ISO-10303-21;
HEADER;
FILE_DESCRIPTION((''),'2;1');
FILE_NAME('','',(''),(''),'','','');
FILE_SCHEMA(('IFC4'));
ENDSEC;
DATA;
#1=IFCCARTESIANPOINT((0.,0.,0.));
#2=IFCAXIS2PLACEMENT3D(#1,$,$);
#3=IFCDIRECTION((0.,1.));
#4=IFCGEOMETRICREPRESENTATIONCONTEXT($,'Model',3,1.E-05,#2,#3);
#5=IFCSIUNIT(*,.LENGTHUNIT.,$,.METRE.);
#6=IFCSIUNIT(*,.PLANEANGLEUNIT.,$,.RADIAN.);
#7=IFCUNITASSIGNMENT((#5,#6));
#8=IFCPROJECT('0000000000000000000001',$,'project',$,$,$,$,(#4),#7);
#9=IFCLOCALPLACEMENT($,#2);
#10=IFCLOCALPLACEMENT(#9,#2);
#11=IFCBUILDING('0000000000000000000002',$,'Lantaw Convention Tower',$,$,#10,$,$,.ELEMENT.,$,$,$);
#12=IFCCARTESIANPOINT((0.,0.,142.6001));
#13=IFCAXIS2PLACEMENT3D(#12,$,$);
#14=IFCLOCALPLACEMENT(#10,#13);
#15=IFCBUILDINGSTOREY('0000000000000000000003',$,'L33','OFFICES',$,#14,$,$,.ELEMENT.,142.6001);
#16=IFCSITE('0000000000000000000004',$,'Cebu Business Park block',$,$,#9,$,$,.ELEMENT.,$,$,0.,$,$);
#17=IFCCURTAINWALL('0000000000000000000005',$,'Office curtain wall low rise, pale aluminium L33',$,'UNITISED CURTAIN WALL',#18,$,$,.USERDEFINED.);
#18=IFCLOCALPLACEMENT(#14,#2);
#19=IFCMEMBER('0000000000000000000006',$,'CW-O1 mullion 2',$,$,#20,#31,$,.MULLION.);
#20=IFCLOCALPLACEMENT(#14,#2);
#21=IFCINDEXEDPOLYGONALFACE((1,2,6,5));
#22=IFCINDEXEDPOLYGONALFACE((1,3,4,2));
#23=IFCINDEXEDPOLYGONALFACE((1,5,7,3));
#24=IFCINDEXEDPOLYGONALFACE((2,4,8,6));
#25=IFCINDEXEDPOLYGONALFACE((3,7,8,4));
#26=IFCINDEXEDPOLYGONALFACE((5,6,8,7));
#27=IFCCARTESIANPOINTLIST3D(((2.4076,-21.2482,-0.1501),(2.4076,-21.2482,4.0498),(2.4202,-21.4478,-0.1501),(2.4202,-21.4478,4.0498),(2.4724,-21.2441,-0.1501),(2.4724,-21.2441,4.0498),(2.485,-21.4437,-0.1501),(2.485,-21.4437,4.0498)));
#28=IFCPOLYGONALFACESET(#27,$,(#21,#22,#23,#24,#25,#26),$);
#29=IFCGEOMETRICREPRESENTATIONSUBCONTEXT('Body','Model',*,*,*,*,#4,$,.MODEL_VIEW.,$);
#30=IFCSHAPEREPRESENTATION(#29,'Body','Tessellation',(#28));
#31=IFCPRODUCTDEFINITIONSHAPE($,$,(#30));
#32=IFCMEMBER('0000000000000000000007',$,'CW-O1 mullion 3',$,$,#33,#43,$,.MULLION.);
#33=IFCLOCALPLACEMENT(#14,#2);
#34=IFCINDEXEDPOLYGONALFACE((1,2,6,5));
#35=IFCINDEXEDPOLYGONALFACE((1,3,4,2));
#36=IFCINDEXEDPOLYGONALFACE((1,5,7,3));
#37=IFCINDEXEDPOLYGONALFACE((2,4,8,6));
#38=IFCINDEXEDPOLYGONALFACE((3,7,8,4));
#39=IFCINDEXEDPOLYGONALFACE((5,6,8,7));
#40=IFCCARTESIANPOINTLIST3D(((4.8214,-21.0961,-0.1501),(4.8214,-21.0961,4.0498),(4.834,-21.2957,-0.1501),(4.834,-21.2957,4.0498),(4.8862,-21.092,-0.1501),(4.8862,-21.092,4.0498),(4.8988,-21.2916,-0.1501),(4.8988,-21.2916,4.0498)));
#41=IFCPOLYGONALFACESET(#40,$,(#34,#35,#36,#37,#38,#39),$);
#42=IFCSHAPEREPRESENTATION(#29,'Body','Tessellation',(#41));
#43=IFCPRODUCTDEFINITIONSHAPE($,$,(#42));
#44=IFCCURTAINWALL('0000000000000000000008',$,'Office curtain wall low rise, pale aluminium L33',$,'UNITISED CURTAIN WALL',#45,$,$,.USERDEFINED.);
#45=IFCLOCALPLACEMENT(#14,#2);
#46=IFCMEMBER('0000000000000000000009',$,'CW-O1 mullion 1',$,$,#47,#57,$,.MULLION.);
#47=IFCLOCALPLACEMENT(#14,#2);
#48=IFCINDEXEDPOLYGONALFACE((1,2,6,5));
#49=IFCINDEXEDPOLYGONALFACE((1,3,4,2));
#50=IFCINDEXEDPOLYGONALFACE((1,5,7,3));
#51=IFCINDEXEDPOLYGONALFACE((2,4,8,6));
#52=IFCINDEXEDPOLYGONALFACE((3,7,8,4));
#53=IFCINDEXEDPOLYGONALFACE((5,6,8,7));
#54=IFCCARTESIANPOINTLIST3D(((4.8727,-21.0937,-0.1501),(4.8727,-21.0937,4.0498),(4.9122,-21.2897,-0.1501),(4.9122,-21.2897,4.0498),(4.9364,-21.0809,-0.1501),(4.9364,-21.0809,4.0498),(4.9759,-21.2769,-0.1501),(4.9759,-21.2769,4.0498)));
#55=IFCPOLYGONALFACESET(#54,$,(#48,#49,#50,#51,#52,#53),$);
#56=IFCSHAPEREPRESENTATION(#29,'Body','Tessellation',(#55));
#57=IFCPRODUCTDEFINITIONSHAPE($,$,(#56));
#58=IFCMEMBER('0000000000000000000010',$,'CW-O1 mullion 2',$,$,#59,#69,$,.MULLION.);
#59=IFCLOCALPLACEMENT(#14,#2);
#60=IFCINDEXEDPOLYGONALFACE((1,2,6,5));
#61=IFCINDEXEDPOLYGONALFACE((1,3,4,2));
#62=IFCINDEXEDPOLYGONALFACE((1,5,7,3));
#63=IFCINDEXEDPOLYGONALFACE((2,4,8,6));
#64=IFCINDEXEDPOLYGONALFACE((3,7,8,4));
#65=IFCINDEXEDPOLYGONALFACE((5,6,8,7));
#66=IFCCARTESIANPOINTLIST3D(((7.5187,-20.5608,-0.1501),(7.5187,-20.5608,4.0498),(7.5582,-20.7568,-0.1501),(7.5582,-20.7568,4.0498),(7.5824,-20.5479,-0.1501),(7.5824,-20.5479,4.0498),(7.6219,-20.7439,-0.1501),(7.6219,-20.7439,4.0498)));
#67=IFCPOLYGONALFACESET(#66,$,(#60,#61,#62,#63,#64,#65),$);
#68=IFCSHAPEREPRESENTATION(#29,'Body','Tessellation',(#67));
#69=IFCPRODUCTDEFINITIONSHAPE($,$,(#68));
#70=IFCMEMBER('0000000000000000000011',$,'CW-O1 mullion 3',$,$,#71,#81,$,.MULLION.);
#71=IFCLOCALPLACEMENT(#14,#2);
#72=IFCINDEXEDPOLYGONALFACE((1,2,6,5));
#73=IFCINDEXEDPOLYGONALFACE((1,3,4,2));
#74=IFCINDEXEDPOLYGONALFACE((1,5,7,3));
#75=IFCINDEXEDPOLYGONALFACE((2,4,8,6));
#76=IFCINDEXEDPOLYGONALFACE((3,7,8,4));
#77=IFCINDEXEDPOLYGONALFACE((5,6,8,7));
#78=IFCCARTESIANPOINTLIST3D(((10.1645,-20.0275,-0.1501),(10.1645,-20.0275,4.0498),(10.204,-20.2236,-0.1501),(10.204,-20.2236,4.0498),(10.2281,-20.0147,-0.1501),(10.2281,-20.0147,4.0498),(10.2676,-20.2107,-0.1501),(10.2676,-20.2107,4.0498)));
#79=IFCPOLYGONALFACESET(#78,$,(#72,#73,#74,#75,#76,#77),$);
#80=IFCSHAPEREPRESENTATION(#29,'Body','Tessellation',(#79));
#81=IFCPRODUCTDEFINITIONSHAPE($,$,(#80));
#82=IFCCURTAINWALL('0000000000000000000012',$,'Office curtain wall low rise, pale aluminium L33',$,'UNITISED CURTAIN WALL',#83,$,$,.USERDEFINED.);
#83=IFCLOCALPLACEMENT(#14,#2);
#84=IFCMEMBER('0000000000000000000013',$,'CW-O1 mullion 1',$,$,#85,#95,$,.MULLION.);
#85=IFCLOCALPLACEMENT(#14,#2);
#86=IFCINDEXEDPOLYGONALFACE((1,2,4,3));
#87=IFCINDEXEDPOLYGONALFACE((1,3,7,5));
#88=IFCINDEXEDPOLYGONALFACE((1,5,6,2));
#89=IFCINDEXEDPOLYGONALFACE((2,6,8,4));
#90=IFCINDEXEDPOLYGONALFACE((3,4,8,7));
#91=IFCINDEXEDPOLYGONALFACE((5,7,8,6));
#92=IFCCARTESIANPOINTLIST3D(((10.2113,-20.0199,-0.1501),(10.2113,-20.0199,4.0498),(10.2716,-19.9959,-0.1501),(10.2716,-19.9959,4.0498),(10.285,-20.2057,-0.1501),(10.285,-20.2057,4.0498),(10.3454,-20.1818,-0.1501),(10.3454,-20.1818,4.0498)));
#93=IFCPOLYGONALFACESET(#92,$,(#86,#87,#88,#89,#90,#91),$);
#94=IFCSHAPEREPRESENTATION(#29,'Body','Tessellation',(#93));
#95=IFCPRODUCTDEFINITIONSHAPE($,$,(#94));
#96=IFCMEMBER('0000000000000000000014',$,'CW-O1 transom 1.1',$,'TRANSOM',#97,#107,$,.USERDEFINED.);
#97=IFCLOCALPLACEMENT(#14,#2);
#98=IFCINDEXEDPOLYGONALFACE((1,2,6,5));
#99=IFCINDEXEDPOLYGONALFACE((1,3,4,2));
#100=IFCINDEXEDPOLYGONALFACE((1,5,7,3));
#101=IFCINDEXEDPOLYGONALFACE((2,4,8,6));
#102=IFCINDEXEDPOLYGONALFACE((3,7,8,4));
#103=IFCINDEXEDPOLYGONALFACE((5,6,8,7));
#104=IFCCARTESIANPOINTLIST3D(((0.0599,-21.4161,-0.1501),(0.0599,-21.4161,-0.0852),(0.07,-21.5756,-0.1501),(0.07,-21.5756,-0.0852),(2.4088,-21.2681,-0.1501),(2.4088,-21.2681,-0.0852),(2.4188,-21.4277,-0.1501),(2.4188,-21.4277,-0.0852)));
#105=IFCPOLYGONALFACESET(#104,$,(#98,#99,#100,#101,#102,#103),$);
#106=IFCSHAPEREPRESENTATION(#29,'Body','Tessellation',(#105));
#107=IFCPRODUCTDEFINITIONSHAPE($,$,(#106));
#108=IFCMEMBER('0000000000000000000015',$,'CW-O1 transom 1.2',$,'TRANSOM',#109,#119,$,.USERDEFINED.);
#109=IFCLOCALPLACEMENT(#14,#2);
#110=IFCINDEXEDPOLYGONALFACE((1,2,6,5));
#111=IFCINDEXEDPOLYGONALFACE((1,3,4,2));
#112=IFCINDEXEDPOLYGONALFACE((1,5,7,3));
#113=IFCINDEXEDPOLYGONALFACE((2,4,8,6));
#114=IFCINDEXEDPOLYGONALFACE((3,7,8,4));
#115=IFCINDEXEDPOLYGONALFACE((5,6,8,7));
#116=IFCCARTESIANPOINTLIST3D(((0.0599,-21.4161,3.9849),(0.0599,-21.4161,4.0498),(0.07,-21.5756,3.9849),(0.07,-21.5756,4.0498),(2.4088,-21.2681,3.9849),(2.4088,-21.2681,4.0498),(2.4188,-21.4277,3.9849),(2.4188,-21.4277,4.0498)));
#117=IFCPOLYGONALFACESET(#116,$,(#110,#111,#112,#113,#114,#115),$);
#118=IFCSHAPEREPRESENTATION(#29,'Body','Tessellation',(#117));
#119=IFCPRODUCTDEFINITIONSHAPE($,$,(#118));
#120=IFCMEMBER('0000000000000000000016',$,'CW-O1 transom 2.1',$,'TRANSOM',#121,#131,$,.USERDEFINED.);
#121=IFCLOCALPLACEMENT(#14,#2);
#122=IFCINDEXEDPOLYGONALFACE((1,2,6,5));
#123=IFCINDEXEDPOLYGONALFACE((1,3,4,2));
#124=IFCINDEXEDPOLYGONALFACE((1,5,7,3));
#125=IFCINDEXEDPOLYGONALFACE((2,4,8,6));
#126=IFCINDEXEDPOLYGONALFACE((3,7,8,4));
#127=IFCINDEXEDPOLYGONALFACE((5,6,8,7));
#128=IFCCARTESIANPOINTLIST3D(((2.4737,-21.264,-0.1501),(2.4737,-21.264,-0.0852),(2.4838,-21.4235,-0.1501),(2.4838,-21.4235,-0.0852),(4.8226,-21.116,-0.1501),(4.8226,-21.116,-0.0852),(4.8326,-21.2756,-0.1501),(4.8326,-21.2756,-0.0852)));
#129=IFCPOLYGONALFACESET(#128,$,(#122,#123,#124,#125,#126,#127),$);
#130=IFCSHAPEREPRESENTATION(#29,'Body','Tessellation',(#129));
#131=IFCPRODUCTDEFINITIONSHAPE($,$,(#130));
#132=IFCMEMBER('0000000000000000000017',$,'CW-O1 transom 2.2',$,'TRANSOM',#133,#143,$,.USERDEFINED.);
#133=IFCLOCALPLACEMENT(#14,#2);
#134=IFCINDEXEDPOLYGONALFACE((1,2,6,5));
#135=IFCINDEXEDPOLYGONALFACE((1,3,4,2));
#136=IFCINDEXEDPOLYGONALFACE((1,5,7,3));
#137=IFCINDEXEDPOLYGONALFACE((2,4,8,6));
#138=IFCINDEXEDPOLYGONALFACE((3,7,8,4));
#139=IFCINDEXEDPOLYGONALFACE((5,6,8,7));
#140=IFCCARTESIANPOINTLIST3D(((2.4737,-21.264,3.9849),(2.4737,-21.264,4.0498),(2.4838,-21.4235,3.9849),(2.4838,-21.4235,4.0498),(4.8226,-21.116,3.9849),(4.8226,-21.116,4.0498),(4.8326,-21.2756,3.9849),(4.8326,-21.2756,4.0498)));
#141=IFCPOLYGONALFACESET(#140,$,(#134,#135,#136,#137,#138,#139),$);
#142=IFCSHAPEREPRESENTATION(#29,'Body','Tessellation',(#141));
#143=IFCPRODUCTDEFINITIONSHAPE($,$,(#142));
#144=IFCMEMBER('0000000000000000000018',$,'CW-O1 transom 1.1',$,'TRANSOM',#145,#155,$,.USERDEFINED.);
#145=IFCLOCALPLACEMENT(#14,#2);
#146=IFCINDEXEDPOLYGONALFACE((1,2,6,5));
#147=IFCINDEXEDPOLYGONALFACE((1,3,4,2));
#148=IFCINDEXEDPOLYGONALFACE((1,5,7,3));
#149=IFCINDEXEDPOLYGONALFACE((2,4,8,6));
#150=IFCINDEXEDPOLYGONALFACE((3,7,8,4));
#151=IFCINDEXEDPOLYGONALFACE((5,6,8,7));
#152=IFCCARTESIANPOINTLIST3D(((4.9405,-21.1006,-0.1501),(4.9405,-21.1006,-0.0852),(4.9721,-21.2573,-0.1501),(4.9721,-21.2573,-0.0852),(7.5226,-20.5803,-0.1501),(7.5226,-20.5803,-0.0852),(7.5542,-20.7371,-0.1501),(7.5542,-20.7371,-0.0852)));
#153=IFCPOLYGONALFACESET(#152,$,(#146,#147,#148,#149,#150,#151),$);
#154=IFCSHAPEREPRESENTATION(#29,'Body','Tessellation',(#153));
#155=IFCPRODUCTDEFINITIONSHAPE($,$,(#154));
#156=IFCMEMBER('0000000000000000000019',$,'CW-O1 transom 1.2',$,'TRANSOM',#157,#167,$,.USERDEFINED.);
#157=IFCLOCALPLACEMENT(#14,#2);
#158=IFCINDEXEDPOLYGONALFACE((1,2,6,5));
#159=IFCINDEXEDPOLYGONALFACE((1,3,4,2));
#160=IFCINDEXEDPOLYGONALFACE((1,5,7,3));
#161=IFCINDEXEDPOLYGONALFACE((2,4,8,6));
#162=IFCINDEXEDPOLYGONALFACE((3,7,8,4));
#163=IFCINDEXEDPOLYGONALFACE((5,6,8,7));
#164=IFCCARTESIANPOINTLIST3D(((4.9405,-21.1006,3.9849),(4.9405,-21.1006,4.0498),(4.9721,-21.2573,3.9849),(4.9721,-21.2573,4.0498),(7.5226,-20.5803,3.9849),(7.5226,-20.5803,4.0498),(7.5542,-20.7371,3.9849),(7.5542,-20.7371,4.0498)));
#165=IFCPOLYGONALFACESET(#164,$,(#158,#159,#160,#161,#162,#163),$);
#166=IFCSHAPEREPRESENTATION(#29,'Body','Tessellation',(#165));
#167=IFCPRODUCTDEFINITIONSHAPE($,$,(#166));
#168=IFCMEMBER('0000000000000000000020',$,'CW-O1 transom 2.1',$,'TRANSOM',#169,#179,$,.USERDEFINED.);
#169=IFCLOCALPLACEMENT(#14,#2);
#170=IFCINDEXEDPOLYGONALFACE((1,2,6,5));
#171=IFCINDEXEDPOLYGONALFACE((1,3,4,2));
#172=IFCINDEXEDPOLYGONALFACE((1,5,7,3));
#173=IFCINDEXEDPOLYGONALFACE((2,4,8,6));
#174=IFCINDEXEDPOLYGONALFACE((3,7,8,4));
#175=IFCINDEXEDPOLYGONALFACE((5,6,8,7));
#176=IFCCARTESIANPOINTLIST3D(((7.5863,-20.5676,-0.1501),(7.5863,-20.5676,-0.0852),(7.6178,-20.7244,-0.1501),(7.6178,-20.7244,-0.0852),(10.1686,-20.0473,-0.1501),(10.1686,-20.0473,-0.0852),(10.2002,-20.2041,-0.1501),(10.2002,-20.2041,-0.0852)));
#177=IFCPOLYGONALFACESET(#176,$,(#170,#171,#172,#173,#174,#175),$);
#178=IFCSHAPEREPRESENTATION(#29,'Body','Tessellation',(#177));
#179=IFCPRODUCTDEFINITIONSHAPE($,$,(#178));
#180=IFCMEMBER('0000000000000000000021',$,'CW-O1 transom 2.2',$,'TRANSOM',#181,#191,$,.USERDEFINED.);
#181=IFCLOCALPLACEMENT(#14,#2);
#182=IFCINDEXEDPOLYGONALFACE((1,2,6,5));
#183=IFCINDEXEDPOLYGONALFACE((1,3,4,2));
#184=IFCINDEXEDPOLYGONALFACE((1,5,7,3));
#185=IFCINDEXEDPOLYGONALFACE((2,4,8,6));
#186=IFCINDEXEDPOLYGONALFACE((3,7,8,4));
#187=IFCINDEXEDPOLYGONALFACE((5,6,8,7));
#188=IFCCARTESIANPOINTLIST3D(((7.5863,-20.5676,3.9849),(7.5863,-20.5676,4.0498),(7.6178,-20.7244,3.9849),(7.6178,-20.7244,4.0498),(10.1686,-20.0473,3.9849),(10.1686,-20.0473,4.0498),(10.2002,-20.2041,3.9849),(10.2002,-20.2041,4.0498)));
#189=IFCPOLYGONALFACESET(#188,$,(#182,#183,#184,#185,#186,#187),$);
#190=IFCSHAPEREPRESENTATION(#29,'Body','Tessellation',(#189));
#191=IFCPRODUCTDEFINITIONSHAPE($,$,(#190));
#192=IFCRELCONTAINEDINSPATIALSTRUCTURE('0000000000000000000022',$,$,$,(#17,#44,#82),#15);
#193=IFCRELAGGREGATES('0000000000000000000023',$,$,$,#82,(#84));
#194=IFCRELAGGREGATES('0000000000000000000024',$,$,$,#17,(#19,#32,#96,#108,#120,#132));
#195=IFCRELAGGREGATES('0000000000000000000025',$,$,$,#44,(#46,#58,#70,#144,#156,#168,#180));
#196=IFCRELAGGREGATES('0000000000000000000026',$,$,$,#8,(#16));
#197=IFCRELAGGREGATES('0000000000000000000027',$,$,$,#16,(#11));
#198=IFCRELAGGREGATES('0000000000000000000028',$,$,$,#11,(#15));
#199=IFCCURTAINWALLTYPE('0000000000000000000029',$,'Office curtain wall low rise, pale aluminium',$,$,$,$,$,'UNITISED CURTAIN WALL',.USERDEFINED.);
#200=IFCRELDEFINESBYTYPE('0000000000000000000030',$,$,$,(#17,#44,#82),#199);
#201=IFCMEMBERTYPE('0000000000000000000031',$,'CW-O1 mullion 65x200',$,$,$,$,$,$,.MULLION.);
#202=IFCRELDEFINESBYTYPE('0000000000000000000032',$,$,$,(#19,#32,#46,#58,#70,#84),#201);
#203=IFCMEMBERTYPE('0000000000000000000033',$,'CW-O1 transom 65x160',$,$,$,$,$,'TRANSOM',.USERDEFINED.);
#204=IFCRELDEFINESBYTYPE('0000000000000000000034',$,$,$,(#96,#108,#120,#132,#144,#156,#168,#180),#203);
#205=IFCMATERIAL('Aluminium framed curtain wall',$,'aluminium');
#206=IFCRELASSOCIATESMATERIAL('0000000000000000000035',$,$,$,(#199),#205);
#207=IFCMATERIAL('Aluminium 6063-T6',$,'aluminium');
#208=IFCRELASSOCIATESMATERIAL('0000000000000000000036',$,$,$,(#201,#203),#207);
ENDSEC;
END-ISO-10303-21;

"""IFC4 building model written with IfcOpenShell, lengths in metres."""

from ifc_helpers import new_model, si_unit, direction, frame, origin, origin_2d, place, context, subcontext, project, spatial, rectangle, extrude, material, material_profile, profile_set, type_object, element, aggregate, save


model = new_model("IFC4")

# Units and contexts
model_context = context("Model", 3, precision=1e-05, world=origin(), true_north=direction((0.0, 1.0)))
body_context = subcontext(model_context, "Body", "Model", "MODEL_VIEW")
ifc_project = project(units=[si_unit("LENGTHUNIT", "METRE"), si_unit("PLANEANGLEUNIT", "RADIAN")], contexts=[model_context])

# Site, building, storey
site_placement = place(None, origin())
site = spatial("IfcSite", under=ifc_project, at=site_placement, Name="Cebu Business Park block", CompositionType="ELEMENT", RefElevation=0.0)
building_placement = place(site_placement, origin())
building = spatial("IfcBuilding", under=site, at=building_placement, Name="Lantaw Convention Tower", CompositionType="ELEMENT")
storey_placement = place(building_placement, frame((0.0, 0.0, 142.6001)))
storey = spatial("IfcBuildingStorey", under=building, at=storey_placement, Name="L33", Description="OFFICES", CompositionType="ELEMENT", Elevation=142.6001)

# Curtain walls, members
ifc_material_1 = material(Name="Aluminium framed curtain wall", Category="aluminium")
curtain_wall_type = type_object("IfcCurtainWallType", Name="Office curtain wall low rise, pale aluminium", ElementType="UNITISED CURTAIN WALL", PredefinedType="USERDEFINED", material=ifc_material_1)
curtain_wall_1_placement = place(storey_placement, origin())
curtain_wall_1 = element("IfcCurtainWall", 1, at=curtain_wall_1_placement, inside=storey, type_object=curtain_wall_type, Name="Office curtain wall low rise, pale aluminium L33", ObjectType="UNITISED CURTAIN WALL", PredefinedType="USERDEFINED")
ifc_material_2 = material(Name="Aluminium 6063-T6", Category="aluminium")
ifc_material_profile_1 = material_profile(ifc_material_2, rectangle(XDim=0.2, YDim=0.0649, at=origin_2d()), Name="CW-O1 mullion 65x200")
ifc_profile_set_1 = profile_set([ifc_material_profile_1], Name="Aluminium 6063-T6")
member_type_1 = type_object("IfcMemberType", Name="CW-O1 mullion 65x200", PredefinedType="MULLION", material=ifc_profile_set_1)
member_1_placement = place(storey_placement, frame((2.4463, -21.3459, -0.1501), z_axis=(0.0, 0.0, 1.0), x_axis=(-0.062865, 0.998022, 0.0)))
member_1 = element("IfcMember", 2, at=member_1_placement, type_object=member_type_1, Name="CW-O1 mullion 2", PredefinedType="MULLION", context=body_context, shape_type="SweptSolid", body=[
    extrude(rectangle(XDim=0.2, YDim=0.0649, at=origin_2d()), origin(), (0.0, 0.0, 1.0), 4.2),
])
member_2_placement = place(storey_placement, frame((4.8601, -21.1938, -0.1501), z_axis=(0.0, 0.0, 1.0), x_axis=(-0.062865, 0.998022, 0.0)))
member_2 = element("IfcMember", 3, at=member_2_placement, type_object=member_type_1, Name="CW-O1 mullion 3", PredefinedType="MULLION", context=body_context, shape_type="SweptSolid", body=[
    extrude(rectangle(XDim=0.2, YDim=0.0649, at=origin_2d()), origin(), (0.0, 0.0, 1.0), 4.2),
])
curtain_wall_2_placement = place(storey_placement, origin())
curtain_wall_2 = element("IfcCurtainWall", 4, at=curtain_wall_2_placement, inside=storey, type_object=curtain_wall_type, Name="Office curtain wall low rise, pale aluminium L33", ObjectType="UNITISED CURTAIN WALL", PredefinedType="USERDEFINED")
member_3_placement = place(storey_placement, frame((4.9243, -21.1853, -0.1501), z_axis=(0.0, 0.0, 1.0), x_axis=(-0.197507, 0.980302, 0.0)))
member_3 = element("IfcMember", 5, at=member_3_placement, type_object=member_type_1, Name="CW-O1 mullion 1", PredefinedType="MULLION", context=body_context, shape_type="SweptSolid", body=[
    extrude(rectangle(XDim=0.2, YDim=0.0649, at=origin_2d()), origin(), (0.0, 0.0, 1.0), 4.2),
])
member_4_placement = place(storey_placement, frame((7.5703, -20.6523, -0.1501), z_axis=(0.0, 0.0, 1.0), x_axis=(-0.197507, 0.980302, 0.0)))
member_4 = element("IfcMember", 6, at=member_4_placement, type_object=member_type_1, Name="CW-O1 mullion 2", PredefinedType="MULLION", context=body_context, shape_type="SweptSolid", body=[
    extrude(rectangle(XDim=0.2, YDim=0.0649, at=origin_2d()), origin(), (0.0, 0.0, 1.0), 4.2),
])
member_5_placement = place(storey_placement, frame((10.2161, -20.1191, -0.1501), z_axis=(0.0, 0.0, 1.0), x_axis=(-0.197507, 0.980302, 0.0)))
member_5 = element("IfcMember", 7, at=member_5_placement, type_object=member_type_1, Name="CW-O1 mullion 3", PredefinedType="MULLION", context=body_context, shape_type="SweptSolid", body=[
    extrude(rectangle(XDim=0.2, YDim=0.0649, at=origin_2d()), origin(), (0.0, 0.0, 1.0), 4.2),
])

# Curtain wall, member
curtain_wall_3_placement = place(storey_placement, origin())
curtain_wall_3 = element("IfcCurtainWall", 8, at=curtain_wall_3_placement, inside=storey, type_object=curtain_wall_type, Name="Office curtain wall low rise, pale aluminium L33", ObjectType="UNITISED CURTAIN WALL", PredefinedType="USERDEFINED")
member_6_placement = place(storey_placement, frame((10.2783, -20.1008, -0.1501), z_axis=(0.0, 0.0, 1.0), x_axis=(-0.368702, 0.929548, 0.0)))
member_6 = element("IfcMember", 9, at=member_6_placement, type_object=member_type_1, Name="CW-O1 mullion 1", PredefinedType="MULLION", context=body_context, shape_type="SweptSolid", body=[
    extrude(rectangle(XDim=0.2, YDim=0.0649, at=origin_2d()), origin(), (0.0, 0.0, 1.0), 4.2),
])

# Members
ifc_material_profile_2 = material_profile(ifc_material_2, rectangle(XDim=0.1599, YDim=0.0649, at=origin_2d()), Name="CW-O1 transom 65x160")
ifc_profile_set_2 = profile_set([ifc_material_profile_2], Name="Aluminium 6063-T6")
member_type_2 = type_object("IfcMemberType", Name="CW-O1 transom 65x160", ElementType="TRANSOM", PredefinedType="USERDEFINED", material=ifc_profile_set_2)
member_7_placement = place(storey_placement, frame((0.0649, -21.4958, -0.1177), z_axis=(0.998022, 0.062863, 0.0), x_axis=(-0.062863, 0.998022, 0.0)))
member_7 = element("IfcMember", 10, at=member_7_placement, type_object=member_type_2, Name="CW-O1 transom 1.1", ObjectType="TRANSOM", PredefinedType="USERDEFINED", context=body_context, shape_type="SweptSolid", body=[
    extrude(rectangle(XDim=0.1599, YDim=0.0649, at=origin_2d()), origin(), (0.0, 0.0, 1.0), 2.3535),
])
member_8_placement = place(storey_placement, frame((0.0649, -21.4958, 4.0173), z_axis=(0.998022, 0.062863, 0.0), x_axis=(-0.062863, 0.998022, 0.0)))
member_8 = element("IfcMember", 11, at=member_8_placement, type_object=member_type_2, Name="CW-O1 transom 1.2", ObjectType="TRANSOM", PredefinedType="USERDEFINED", context=body_context, shape_type="SweptSolid", body=[
    extrude(rectangle(XDim=0.1599, YDim=0.0649, at=origin_2d()), origin(), (0.0, 0.0, 1.0), 2.3535),
])
member_9_placement = place(storey_placement, frame((2.4788, -21.3438, -0.1177), z_axis=(0.998022, 0.062863, 0.0), x_axis=(-0.062863, 0.998022, 0.0)))
member_9 = element("IfcMember", 12, at=member_9_placement, type_object=member_type_2, Name="CW-O1 transom 2.1", ObjectType="TRANSOM", PredefinedType="USERDEFINED", context=body_context, shape_type="SweptSolid", body=[
    extrude(rectangle(XDim=0.1599, YDim=0.0649, at=origin_2d()), origin(), (0.0, 0.0, 1.0), 2.3535),
])
member_10_placement = place(storey_placement, frame((2.4788, -21.3438, 4.0173), z_axis=(0.998022, 0.062863, 0.0), x_axis=(-0.062863, 0.998022, 0.0)))
member_10 = element("IfcMember", 13, at=member_10_placement, type_object=member_type_2, Name="CW-O1 transom 2.2", ObjectType="TRANSOM", PredefinedType="USERDEFINED", context=body_context, shape_type="SweptSolid", body=[
    extrude(rectangle(XDim=0.1599, YDim=0.0649, at=origin_2d()), origin(), (0.0, 0.0, 1.0), 2.3535),
])
member_11_placement = place(storey_placement, frame((4.9563, -21.179, -0.1177), z_axis=(0.980298, 0.197524, 0.0), x_axis=(-0.197524, 0.980298, 0.0)))
member_11 = element("IfcMember", 14, at=member_11_placement, type_object=member_type_2, Name="CW-O1 transom 1.1", ObjectType="TRANSOM", PredefinedType="USERDEFINED", context=body_context, shape_type="SweptSolid", body=[
    extrude(rectangle(XDim=0.1599, YDim=0.0649, at=origin_2d()), origin(), (0.0, 0.0, 1.0), 2.634),
])
member_12_placement = place(storey_placement, frame((4.9563, -21.179, 4.0173), z_axis=(0.980298, 0.197524, 0.0), x_axis=(-0.197524, 0.980298, 0.0)))
member_12 = element("IfcMember", 15, at=member_12_placement, type_object=member_type_2, Name="CW-O1 transom 1.2", ObjectType="TRANSOM", PredefinedType="USERDEFINED", context=body_context, shape_type="SweptSolid", body=[
    extrude(rectangle(XDim=0.1599, YDim=0.0649, at=origin_2d()), origin(), (0.0, 0.0, 1.0), 2.634),
])
member_13_placement = place(storey_placement, frame((7.6021, -20.646, -0.1177), z_axis=(0.980302, 0.197506, 0.0), x_axis=(-0.197506, 0.980302, 0.0)))
member_13 = element("IfcMember", 16, at=member_13_placement, type_object=member_type_2, Name="CW-O1 transom 2.1", ObjectType="TRANSOM", PredefinedType="USERDEFINED", context=body_context, shape_type="SweptSolid", body=[
    extrude(rectangle(XDim=0.1599, YDim=0.0649, at=origin_2d()), origin(), (0.0, 0.0, 1.0), 2.6343),
])
member_14_placement = place(storey_placement, frame((7.6021, -20.646, 4.0173), z_axis=(0.980302, 0.197506, 0.0), x_axis=(-0.197506, 0.980302, 0.0)))
member_14 = element("IfcMember", 17, at=member_14_placement, type_object=member_type_2, Name="CW-O1 transom 2.2", ObjectType="TRANSOM", PredefinedType="USERDEFINED", context=body_context, shape_type="SweptSolid", body=[
    extrude(rectangle(XDim=0.1599, YDim=0.0649, at=origin_2d()), origin(), (0.0, 0.0, 1.0), 2.6343),
])
aggregate(curtain_wall_3, [member_6])

aggregate(curtain_wall_1, [member_1, member_2, member_7, member_8, member_9, member_10])
aggregate(curtain_wall_2, [member_3, member_4, member_5, member_11, member_12, member_13, member_14])

save(model, "model.ifc")
